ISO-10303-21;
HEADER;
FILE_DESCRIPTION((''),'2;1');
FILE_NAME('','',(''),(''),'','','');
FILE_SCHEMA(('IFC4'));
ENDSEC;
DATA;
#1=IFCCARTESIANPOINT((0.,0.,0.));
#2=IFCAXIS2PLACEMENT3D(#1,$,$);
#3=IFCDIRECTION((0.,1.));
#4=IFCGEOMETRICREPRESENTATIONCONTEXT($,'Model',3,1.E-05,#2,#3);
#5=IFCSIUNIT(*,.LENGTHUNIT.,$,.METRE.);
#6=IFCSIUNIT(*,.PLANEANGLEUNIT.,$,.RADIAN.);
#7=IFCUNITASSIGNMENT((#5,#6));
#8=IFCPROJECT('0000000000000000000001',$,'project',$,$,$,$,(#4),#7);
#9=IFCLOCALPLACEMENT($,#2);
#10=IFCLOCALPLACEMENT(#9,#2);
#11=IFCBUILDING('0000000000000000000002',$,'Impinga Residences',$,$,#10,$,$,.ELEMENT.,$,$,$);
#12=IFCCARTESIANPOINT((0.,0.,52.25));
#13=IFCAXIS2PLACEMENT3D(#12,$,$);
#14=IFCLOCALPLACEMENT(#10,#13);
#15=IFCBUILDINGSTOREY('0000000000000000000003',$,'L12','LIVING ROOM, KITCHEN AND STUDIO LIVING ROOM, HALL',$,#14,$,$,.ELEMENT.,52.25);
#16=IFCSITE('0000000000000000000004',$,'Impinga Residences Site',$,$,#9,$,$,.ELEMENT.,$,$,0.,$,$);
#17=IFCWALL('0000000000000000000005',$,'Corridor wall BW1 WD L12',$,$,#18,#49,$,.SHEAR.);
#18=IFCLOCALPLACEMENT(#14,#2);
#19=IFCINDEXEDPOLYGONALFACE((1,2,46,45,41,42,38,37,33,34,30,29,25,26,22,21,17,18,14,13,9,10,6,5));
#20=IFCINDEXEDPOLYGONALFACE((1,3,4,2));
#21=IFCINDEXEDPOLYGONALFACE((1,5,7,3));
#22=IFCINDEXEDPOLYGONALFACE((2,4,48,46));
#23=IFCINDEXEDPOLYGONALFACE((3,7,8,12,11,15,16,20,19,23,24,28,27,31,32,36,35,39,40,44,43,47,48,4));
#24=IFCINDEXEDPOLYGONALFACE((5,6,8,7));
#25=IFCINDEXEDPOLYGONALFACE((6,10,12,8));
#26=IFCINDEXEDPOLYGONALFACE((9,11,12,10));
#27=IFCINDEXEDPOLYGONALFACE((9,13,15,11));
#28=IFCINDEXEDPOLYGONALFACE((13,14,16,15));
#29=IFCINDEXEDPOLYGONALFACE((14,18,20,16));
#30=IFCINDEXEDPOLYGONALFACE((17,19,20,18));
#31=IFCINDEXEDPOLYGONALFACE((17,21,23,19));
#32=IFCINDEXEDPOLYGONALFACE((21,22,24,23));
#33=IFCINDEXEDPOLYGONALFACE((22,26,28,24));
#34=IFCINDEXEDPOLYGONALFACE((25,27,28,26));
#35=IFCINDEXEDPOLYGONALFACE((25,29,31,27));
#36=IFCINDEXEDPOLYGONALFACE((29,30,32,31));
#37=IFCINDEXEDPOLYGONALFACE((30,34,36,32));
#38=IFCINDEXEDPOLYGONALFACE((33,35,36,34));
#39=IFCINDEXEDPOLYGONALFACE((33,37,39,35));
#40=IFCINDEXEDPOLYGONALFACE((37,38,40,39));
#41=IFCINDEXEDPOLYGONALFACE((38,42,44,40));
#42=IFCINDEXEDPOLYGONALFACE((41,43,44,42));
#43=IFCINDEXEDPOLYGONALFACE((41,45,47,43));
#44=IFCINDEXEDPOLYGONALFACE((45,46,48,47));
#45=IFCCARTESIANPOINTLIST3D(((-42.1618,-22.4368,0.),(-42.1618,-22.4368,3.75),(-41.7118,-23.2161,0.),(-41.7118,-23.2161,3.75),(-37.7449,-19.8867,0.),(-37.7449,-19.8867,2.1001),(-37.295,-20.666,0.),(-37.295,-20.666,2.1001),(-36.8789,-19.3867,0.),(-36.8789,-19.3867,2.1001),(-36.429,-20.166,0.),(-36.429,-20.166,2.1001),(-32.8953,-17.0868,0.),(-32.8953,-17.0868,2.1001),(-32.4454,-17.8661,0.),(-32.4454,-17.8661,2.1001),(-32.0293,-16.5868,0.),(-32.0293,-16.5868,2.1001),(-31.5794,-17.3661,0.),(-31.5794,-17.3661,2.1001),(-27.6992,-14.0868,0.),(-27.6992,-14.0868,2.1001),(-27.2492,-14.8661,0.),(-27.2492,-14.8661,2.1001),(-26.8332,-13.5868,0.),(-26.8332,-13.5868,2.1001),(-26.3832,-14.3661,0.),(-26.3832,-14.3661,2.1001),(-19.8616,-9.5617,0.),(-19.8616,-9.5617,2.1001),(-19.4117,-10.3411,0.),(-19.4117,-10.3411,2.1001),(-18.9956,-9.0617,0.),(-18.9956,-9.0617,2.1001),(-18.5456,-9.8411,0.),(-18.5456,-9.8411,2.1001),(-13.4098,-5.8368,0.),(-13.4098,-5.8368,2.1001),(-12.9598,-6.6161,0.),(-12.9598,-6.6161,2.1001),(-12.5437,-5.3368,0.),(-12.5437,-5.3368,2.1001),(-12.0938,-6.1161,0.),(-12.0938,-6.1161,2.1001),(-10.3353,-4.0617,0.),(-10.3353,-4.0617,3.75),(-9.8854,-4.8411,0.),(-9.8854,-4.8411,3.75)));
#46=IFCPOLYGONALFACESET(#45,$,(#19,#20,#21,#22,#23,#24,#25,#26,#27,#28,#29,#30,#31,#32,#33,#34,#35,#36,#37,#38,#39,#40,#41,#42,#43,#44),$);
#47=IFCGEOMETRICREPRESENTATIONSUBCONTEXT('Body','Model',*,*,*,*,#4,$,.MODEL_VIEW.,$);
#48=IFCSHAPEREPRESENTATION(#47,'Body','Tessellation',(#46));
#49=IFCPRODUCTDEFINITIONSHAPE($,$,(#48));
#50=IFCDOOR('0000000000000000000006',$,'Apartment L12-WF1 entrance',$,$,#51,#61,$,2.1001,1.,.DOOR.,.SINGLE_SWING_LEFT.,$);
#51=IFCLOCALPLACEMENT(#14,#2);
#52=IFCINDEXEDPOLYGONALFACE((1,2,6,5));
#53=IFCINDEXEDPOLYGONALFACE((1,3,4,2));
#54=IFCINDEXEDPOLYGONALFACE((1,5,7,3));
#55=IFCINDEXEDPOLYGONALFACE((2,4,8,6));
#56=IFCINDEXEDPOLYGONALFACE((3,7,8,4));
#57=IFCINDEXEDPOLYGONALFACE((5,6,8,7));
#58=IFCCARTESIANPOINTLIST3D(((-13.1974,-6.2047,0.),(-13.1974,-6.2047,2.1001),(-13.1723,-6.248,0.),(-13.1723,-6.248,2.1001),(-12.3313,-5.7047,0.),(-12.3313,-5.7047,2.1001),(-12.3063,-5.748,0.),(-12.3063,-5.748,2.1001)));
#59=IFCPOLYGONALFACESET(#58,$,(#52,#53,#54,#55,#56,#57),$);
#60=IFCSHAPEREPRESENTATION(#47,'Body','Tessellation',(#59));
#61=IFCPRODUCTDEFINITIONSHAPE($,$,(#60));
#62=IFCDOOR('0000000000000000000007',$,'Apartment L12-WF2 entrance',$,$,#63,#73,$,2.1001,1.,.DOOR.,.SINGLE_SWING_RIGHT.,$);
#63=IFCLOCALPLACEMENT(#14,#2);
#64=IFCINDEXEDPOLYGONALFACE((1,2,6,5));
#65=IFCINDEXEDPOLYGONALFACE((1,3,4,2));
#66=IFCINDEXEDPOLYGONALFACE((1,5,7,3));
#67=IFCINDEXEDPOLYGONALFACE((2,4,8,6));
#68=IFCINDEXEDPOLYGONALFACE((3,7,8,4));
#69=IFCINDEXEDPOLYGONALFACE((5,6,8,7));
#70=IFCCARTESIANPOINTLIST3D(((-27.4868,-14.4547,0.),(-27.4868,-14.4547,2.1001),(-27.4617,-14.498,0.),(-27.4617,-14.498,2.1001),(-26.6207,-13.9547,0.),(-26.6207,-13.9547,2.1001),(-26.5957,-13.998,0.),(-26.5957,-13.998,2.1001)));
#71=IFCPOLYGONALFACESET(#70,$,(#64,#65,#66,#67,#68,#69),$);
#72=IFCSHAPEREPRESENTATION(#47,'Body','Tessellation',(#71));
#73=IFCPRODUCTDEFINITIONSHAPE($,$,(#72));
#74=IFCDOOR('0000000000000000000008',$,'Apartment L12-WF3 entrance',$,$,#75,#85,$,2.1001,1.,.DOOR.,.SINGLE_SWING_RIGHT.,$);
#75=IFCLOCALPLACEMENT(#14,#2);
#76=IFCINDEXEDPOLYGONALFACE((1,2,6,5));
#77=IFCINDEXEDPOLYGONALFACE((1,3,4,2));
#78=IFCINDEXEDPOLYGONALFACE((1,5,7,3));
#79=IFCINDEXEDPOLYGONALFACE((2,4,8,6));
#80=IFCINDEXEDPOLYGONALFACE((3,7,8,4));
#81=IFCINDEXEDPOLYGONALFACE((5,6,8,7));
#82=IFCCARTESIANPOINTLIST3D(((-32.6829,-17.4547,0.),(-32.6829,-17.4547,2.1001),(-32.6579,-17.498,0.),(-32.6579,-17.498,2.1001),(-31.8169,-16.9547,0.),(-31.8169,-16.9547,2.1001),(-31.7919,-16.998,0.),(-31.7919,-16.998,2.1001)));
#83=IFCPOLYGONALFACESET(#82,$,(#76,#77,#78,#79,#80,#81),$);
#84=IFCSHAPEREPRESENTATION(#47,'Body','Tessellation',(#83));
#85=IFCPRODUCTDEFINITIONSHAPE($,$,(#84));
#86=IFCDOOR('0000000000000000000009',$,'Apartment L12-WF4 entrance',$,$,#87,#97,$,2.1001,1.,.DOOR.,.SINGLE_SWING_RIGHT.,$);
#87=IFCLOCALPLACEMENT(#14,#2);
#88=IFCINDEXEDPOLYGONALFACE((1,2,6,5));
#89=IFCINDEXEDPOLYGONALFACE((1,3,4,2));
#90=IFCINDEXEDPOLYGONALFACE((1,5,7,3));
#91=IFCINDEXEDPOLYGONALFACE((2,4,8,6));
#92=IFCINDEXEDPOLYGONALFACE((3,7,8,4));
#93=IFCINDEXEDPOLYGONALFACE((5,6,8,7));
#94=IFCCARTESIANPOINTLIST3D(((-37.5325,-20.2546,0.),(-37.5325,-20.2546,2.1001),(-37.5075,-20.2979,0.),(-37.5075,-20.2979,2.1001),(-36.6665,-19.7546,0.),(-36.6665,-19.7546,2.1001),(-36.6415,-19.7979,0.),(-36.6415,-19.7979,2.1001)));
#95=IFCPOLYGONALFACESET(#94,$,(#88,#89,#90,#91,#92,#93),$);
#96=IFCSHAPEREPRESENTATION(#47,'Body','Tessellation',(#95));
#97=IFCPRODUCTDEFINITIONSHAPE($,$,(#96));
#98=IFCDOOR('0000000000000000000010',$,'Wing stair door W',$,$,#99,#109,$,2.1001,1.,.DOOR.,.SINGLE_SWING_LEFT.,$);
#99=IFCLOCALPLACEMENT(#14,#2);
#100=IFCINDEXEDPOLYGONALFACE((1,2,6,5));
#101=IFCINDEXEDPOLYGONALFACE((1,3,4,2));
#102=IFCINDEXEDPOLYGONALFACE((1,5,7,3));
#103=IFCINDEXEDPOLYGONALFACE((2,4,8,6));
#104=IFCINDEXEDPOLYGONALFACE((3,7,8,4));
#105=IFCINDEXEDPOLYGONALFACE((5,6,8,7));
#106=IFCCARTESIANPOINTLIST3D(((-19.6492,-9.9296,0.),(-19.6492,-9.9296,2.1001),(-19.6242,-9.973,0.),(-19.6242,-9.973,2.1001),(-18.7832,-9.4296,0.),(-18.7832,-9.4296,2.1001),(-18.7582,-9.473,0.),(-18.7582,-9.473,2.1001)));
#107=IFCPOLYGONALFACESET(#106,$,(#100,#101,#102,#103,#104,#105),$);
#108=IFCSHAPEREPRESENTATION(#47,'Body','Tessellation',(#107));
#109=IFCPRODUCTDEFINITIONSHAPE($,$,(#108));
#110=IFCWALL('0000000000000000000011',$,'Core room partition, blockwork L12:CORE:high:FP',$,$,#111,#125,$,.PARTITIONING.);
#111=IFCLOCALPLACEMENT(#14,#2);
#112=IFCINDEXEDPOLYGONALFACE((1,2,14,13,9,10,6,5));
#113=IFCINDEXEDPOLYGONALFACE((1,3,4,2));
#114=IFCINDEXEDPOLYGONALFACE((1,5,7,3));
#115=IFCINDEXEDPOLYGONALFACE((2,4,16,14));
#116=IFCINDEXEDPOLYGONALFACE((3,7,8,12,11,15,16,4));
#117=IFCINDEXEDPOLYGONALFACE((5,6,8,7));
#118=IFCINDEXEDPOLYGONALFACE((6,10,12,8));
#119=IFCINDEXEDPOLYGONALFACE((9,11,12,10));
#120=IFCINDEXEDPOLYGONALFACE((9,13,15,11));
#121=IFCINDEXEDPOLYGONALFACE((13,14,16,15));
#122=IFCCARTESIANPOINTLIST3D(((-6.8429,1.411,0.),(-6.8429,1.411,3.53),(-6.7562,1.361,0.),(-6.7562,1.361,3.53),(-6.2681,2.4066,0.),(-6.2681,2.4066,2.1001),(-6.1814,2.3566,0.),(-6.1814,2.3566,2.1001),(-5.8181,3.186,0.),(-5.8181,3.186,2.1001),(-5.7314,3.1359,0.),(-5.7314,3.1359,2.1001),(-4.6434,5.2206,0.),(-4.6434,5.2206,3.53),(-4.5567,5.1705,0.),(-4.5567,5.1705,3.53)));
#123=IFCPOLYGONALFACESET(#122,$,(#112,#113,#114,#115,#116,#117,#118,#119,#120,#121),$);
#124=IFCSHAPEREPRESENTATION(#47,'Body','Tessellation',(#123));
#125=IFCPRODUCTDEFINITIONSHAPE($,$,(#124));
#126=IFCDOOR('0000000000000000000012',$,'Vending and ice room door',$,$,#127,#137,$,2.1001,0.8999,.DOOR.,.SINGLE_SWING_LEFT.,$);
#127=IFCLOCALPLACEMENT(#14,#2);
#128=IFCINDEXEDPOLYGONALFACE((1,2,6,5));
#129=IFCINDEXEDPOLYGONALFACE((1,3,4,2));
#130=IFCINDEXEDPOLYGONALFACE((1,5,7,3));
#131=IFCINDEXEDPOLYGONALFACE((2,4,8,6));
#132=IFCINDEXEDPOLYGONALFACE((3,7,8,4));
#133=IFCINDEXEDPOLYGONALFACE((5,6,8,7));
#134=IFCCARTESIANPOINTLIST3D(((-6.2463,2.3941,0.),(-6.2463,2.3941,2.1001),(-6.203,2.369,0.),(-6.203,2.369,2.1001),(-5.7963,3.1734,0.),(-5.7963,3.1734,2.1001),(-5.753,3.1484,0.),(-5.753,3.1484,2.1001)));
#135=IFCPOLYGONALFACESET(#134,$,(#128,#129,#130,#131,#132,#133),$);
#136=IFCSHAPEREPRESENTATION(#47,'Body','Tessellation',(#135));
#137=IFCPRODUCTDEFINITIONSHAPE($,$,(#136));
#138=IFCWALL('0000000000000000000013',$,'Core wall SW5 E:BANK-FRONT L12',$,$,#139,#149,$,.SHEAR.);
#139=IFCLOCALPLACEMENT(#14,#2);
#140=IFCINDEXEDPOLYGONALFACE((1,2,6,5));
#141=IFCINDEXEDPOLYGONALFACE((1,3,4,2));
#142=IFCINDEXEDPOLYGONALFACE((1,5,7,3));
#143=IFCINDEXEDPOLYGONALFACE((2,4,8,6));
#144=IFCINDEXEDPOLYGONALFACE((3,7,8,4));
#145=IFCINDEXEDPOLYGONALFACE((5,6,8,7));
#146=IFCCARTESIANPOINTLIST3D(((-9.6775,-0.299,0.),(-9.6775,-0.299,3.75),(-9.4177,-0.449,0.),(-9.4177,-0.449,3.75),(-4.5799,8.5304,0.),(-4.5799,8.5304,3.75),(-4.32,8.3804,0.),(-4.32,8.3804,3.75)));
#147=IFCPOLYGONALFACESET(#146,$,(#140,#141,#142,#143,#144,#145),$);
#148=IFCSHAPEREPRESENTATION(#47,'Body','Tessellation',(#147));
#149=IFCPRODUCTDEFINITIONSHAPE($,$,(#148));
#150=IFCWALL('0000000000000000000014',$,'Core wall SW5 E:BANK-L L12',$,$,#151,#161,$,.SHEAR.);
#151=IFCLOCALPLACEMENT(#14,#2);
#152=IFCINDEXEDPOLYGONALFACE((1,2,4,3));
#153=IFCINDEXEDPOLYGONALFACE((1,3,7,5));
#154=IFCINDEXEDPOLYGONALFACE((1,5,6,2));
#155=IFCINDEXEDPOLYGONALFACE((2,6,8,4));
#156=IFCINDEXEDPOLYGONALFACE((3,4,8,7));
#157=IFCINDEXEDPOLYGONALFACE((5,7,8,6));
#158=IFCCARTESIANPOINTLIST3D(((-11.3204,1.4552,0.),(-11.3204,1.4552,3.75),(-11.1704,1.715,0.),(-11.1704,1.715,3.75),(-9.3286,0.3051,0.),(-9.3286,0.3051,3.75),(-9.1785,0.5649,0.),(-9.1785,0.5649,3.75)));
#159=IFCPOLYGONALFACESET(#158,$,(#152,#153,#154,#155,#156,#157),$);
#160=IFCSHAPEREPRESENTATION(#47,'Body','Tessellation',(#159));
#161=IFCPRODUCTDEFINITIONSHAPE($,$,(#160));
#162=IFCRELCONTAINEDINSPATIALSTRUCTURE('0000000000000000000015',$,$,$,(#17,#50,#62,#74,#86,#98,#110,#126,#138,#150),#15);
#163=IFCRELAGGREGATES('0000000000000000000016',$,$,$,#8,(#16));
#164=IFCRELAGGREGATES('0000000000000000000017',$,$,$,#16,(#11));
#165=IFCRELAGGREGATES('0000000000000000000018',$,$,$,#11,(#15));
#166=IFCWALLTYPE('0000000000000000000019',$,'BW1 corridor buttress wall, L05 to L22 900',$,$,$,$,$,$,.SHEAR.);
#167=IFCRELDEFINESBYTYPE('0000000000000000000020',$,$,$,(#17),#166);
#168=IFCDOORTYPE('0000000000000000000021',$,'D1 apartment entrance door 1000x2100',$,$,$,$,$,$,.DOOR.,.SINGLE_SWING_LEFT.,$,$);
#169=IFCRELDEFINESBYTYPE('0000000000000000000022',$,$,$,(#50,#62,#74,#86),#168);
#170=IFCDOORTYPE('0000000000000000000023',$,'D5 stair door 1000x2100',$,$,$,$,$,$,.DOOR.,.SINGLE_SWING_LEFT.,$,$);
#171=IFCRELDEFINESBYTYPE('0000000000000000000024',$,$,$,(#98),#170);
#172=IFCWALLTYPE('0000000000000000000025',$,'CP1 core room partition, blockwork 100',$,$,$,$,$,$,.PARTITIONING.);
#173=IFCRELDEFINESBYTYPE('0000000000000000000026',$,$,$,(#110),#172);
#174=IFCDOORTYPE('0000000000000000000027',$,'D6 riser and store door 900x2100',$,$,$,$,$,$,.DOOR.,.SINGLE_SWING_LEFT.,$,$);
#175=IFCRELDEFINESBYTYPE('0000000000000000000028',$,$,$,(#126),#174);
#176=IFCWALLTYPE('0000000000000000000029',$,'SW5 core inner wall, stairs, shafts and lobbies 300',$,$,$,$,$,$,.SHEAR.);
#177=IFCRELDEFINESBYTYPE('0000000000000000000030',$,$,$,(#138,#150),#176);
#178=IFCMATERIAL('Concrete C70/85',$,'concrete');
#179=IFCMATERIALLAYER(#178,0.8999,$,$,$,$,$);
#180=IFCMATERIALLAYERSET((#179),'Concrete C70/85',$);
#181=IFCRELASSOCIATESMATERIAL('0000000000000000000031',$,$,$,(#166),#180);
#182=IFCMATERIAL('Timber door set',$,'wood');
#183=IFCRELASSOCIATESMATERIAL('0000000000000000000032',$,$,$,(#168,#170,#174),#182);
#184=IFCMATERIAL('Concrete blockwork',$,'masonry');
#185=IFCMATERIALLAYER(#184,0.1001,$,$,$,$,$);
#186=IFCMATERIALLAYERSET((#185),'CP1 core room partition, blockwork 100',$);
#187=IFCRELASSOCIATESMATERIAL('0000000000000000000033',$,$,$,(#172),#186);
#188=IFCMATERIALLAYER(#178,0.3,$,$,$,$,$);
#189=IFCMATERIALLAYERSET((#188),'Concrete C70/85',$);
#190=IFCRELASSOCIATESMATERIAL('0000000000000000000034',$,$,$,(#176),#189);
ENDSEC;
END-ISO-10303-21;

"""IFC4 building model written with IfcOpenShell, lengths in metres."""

from ifc_helpers import new_model, si_unit, direction, frame, frame_2d, origin, place, context, subcontext, project, spatial, rectangle, extrude, material, layer, layer_set, type_object, element, fill, save


model = new_model("IFC4")

# Units and contexts
model_context = context("Model", 3, precision=1e-05, world=origin(), true_north=direction((0.0, 1.0)))
body_context = subcontext(model_context, "Body", "Model", "MODEL_VIEW")
ifc_project = project(units=[si_unit("LENGTHUNIT", "METRE"), si_unit("PLANEANGLEUNIT", "RADIAN")], contexts=[model_context])

# Site, building, storey
site_placement = place(None, origin())
site = spatial("IfcSite", under=ifc_project, at=site_placement, Name="Impinga Residences Site", CompositionType="ELEMENT", RefElevation=0.0)
building_placement = place(site_placement, origin())
building = spatial("IfcBuilding", under=site, at=building_placement, Name="Impinga Residences", CompositionType="ELEMENT")
storey_placement = place(building_placement, frame((0.0, 0.0, 52.25)))
storey = spatial("IfcBuildingStorey", under=building, at=storey_placement, Name="L12", Description="LIVING ROOM, KITCHEN AND STUDIO LIVING ROOM, HALL", CompositionType="ELEMENT", Elevation=52.25)

# Wall, openings, doors
ifc_material_1 = material(Name="Concrete C70/85", Category="concrete")
ifc_layer_1 = layer(ifc_material_1, 0.8999)
ifc_layer_set_1 = layer_set([ifc_layer_1], Name="Concrete C70/85")
wall_type_1 = type_object("IfcWallType", Name="BW1 corridor buttress wall, L05 to L22 900", PredefinedType="SHEAR", material=ifc_layer_set_1)
wall_1_placement = place(storey_placement, frame((-10.1104, -4.4514, 0.0), z_axis=(0.0, 0.0, 1.0), x_axis=(-0.866025, -0.5, 0.0)))
wall_1 = element("IfcWall", 1, at=wall_1_placement, inside=storey, type_object=wall_type_1, Name="Corridor wall BW1 WD L12", PredefinedType="SHEAR", context=body_context, shape_type="SweptSolid", body=[
    extrude(rectangle(XDim=36.75, YDim=0.8999, at=frame_2d((18.375, 0.0))), origin(), (0.0, 0.0, 1.0), 3.75),
])
opening_1_placement = place(wall_1_placement, frame((10.0, 0.0, 0.0)))
opening_1 = element("IfcOpeningElement", 2, at=opening_1_placement, cuts=wall_1, PredefinedType="OPENING", context=body_context, shape_type="SweptSolid", body=[
    extrude(rectangle(XDim=1.0, YDim=2.1001, at=frame_2d((0.5, 1.05))), frame((0.0, 0.46, 0.0), z_axis=(0.0, -1.0, 0.0), x_axis=(1.0, 0.0, 0.0)), (0.0, 0.0, 1.0), 0.9199),
])
opening_2_placement = place(wall_1_placement, frame((2.55, 0.0, 0.0)))
opening_2 = element("IfcOpeningElement", 3, at=opening_2_placement, cuts=wall_1, PredefinedType="OPENING", context=body_context, shape_type="SweptSolid", body=[
    extrude(rectangle(XDim=1.0, YDim=2.1001, at=frame_2d((0.5, 1.05))), frame((0.0, 0.46, 0.0), z_axis=(0.0, -1.0, 0.0), x_axis=(1.0, 0.0, 0.0)), (0.0, 0.0, 1.0), 0.9199),
])
opening_3_placement = place(wall_1_placement, frame((19.05, 0.0, 0.0)))
opening_3 = element("IfcOpeningElement", 4, at=opening_3_placement, cuts=wall_1, PredefinedType="OPENING", context=body_context, shape_type="SweptSolid", body=[
    extrude(rectangle(XDim=1.0, YDim=2.1001, at=frame_2d((0.5, 1.05))), frame((0.0, 0.46, 0.0), z_axis=(0.0, -1.0, 0.0), x_axis=(1.0, 0.0, 0.0)), (0.0, 0.0, 1.0), 0.9199),
])
opening_4_placement = place(wall_1_placement, frame((25.05, 0.0, 0.0)))
opening_4 = element("IfcOpeningElement", 5, at=opening_4_placement, cuts=wall_1, PredefinedType="OPENING", context=body_context, shape_type="SweptSolid", body=[
    extrude(rectangle(XDim=1.0, YDim=2.1001, at=frame_2d((0.5, 1.05))), frame((0.0, 0.46, 0.0), z_axis=(0.0, -1.0, 0.0), x_axis=(1.0, 0.0, 0.0)), (0.0, 0.0, 1.0), 0.9199),
])
opening_5_placement = place(wall_1_placement, frame((30.6499, 0.0, 0.0)))
opening_5 = element("IfcOpeningElement", 6, at=opening_5_placement, cuts=wall_1, PredefinedType="OPENING", context=body_context, shape_type="SweptSolid", body=[
    extrude(rectangle(XDim=1.0, YDim=2.1001, at=frame_2d((0.5, 1.05))), frame((0.0, 0.46, 0.0), z_axis=(0.0, -1.0, 0.0), x_axis=(1.0, 0.0, 0.0)), (0.0, 0.0, 1.0), 0.9199),
])
ifc_material_2 = material(Name="Timber door set", Category="wood")
door_type_1 = type_object("IfcDoorType", Name="D1 apartment entrance door 1000x2100", OperationType="SINGLE_SWING_LEFT", PredefinedType="DOOR", material=ifc_material_2)
door_1_placement = place(opening_2_placement, origin())
door_1 = element("IfcDoor", 7, at=door_1_placement, inside=storey, type_object=door_type_1, Name="Apartment L12-WF1 entrance", OperationType="SINGLE_SWING_LEFT", OverallHeight=2.1001, OverallWidth=1.0, PredefinedType="DOOR", context=body_context, shape_type="SweptSolid", body=[
    extrude(rectangle(XDim=1.0, YDim=2.1001, at=frame_2d((0.5, 1.05))), frame((0.0, 0.0249, 0.0), z_axis=(0.0, -1.0, 0.0), x_axis=(1.0, 0.0, 0.0)), (0.0, 0.0, 1.0), 0.05),
])
fill(opening_2, door_1)
door_2_placement = place(opening_3_placement, origin())
door_2 = element("IfcDoor", 8, at=door_2_placement, inside=storey, type_object=door_type_1, Name="Apartment L12-WF2 entrance", OperationType="SINGLE_SWING_RIGHT", OverallHeight=2.1001, OverallWidth=1.0, PredefinedType="DOOR", context=body_context, shape_type="SweptSolid", body=[
    extrude(rectangle(XDim=1.0, YDim=2.1001, at=frame_2d((0.5, 1.05))), frame((0.0, 0.0249, 0.0), z_axis=(0.0, -1.0, 0.0), x_axis=(1.0, 0.0, 0.0)), (0.0, 0.0, 1.0), 0.05),
])
fill(opening_3, door_2)
door_3_placement = place(opening_4_placement, origin())
door_3 = element("IfcDoor", 9, at=door_3_placement, inside=storey, type_object=door_type_1, Name="Apartment L12-WF3 entrance", OperationType="SINGLE_SWING_RIGHT", OverallHeight=2.1001, OverallWidth=1.0, PredefinedType="DOOR", context=body_context, shape_type="SweptSolid", body=[
    extrude(rectangle(XDim=1.0, YDim=2.1001, at=frame_2d((0.5, 1.05))), frame((0.0, 0.0249, 0.0), z_axis=(0.0, -1.0, 0.0), x_axis=(1.0, 0.0, 0.0)), (0.0, 0.0, 1.0), 0.05),
])
fill(opening_4, door_3)
door_4_placement = place(opening_5_placement, origin())
door_4 = element("IfcDoor", 10, at=door_4_placement, inside=storey, type_object=door_type_1, Name="Apartment L12-WF4 entrance", OperationType="SINGLE_SWING_RIGHT", OverallHeight=2.1001, OverallWidth=1.0, PredefinedType="DOOR", context=body_context, shape_type="SweptSolid", body=[
    extrude(rectangle(XDim=1.0, YDim=2.1001, at=frame_2d((0.5, 1.05))), frame((0.0, 0.0249, 0.0), z_axis=(0.0, -1.0, 0.0), x_axis=(1.0, 0.0, 0.0)), (0.0, 0.0, 1.0), 0.05),
])
fill(opening_5, door_4)
door_type_2 = type_object("IfcDoorType", Name="D5 stair door 1000x2100", OperationType="SINGLE_SWING_LEFT", PredefinedType="DOOR", material=ifc_material_2)
door_5_placement = place(opening_1_placement, origin())
door_5 = element("IfcDoor", 11, at=door_5_placement, inside=storey, type_object=door_type_2, Name="Wing stair door W", OperationType="SINGLE_SWING_LEFT", OverallHeight=2.1001, OverallWidth=1.0, PredefinedType="DOOR", context=body_context, shape_type="SweptSolid", body=[
    extrude(rectangle(XDim=1.0, YDim=2.1001, at=frame_2d((0.5, 1.05))), frame((0.0, 0.0249, 0.0), z_axis=(0.0, -1.0, 0.0), x_axis=(1.0, 0.0, 0.0)), (0.0, 0.0, 1.0), 0.05),
])
fill(opening_1, door_5)

# Wall, opening, door
ifc_material_3 = material(Name="Concrete blockwork", Category="masonry")
ifc_layer_2 = layer(ifc_material_3, 0.1001)
ifc_layer_set_2 = layer_set([ifc_layer_2], Name="CP1 core room partition, blockwork 100")
wall_type_2 = type_object("IfcWallType", Name="CP1 core room partition, blockwork 100", PredefinedType="PARTITIONING", material=ifc_layer_set_2)
wall_2_placement = place(storey_placement, frame((-6.7996, 1.386, 0.0), z_axis=(0.0, 0.0, 1.0), x_axis=(0.500001, 0.866025, 0.0)))
wall_2 = element("IfcWall", 12, at=wall_2_placement, inside=storey, type_object=wall_type_2, Name="Core room partition, blockwork L12:CORE:high:FP", PredefinedType="PARTITIONING", context=body_context, shape_type="SweptSolid", body=[
    extrude(rectangle(XDim=4.3989, YDim=0.1001, at=frame_2d((2.1995, 0.0))), origin(), (0.0, 0.0, 1.0), 3.53),
])
opening_6_placement = place(wall_2_placement, frame((1.1497, 0.0, 0.0)))
opening_6 = element("IfcOpeningElement", 13, at=opening_6_placement, cuts=wall_2, PredefinedType="OPENING", context=body_context, shape_type="SweptSolid", body=[
    extrude(rectangle(XDim=0.8999, YDim=2.1001, at=frame_2d((0.45, 1.05))), frame((0.0, 0.0601, 0.0), z_axis=(0.0, -1.0, 0.0), x_axis=(1.0, 0.0, 0.0)), (0.0, 0.0, 1.0), 0.1201),
])
door_type_3 = type_object("IfcDoorType", Name="D6 riser and store door 900x2100", OperationType="SINGLE_SWING_LEFT", PredefinedType="DOOR", material=ifc_material_2)
door_6_placement = place(opening_6_placement, origin())
door_6 = element("IfcDoor", 14, at=door_6_placement, inside=storey, type_object=door_type_3, Name="Vending and ice room door", OperationType="SINGLE_SWING_LEFT", OverallHeight=2.1001, OverallWidth=0.8999, PredefinedType="DOOR", context=body_context, shape_type="SweptSolid", body=[
    extrude(rectangle(XDim=0.8999, YDim=2.1001, at=frame_2d((0.45, 1.05))), frame((0.0, 0.0249, 0.0), z_axis=(0.0, -1.0, 0.0), x_axis=(1.0, 0.0, 0.0)), (0.0, 0.0, 1.0), 0.05),
])
fill(opening_6, door_6)

# Walls
ifc_layer_3 = layer(ifc_material_1, 0.3)
ifc_layer_set_3 = layer_set([ifc_layer_3], Name="Concrete C70/85")
wall_type_3 = type_object("IfcWallType", Name="SW5 core inner wall, stairs, shafts and lobbies 300", PredefinedType="SHEAR", material=ifc_layer_set_3)
wall_3_placement = place(storey_placement, frame((-9.5476, -0.374, 0.0), z_axis=(0.0, 0.0, 1.0), x_axis=(0.500002, 0.866024, 0.0)))
element("IfcWall", 15, at=wall_3_placement, inside=storey, type_object=wall_type_3, Name="Core wall SW5 E:BANK-FRONT L12", PredefinedType="SHEAR", context=body_context, shape_type="SweptSolid", body=[
    extrude(rectangle(XDim=10.1953, YDim=0.3, at=frame_2d((5.0977, 0.0))), origin(), (0.0, 0.0, 1.0), 3.75),
])
wall_4_placement = place(storey_placement, frame((-9.2537, 0.4351, 0.0), z_axis=(0.0, 0.0, 1.0), x_axis=(-0.866007, 0.500032, 0.0)))
element("IfcWall", 16, at=wall_4_placement, inside=storey, type_object=wall_type_3, Name="Core wall SW5 E:BANK-L L12", PredefinedType="SHEAR", context=body_context, shape_type="SweptSolid", body=[
    extrude(rectangle(XDim=2.3, YDim=0.3, at=frame_2d((1.1499, 0.0))), origin(), (0.0, 0.0, 1.0), 3.75),
])

save(model, "model.ifc")
